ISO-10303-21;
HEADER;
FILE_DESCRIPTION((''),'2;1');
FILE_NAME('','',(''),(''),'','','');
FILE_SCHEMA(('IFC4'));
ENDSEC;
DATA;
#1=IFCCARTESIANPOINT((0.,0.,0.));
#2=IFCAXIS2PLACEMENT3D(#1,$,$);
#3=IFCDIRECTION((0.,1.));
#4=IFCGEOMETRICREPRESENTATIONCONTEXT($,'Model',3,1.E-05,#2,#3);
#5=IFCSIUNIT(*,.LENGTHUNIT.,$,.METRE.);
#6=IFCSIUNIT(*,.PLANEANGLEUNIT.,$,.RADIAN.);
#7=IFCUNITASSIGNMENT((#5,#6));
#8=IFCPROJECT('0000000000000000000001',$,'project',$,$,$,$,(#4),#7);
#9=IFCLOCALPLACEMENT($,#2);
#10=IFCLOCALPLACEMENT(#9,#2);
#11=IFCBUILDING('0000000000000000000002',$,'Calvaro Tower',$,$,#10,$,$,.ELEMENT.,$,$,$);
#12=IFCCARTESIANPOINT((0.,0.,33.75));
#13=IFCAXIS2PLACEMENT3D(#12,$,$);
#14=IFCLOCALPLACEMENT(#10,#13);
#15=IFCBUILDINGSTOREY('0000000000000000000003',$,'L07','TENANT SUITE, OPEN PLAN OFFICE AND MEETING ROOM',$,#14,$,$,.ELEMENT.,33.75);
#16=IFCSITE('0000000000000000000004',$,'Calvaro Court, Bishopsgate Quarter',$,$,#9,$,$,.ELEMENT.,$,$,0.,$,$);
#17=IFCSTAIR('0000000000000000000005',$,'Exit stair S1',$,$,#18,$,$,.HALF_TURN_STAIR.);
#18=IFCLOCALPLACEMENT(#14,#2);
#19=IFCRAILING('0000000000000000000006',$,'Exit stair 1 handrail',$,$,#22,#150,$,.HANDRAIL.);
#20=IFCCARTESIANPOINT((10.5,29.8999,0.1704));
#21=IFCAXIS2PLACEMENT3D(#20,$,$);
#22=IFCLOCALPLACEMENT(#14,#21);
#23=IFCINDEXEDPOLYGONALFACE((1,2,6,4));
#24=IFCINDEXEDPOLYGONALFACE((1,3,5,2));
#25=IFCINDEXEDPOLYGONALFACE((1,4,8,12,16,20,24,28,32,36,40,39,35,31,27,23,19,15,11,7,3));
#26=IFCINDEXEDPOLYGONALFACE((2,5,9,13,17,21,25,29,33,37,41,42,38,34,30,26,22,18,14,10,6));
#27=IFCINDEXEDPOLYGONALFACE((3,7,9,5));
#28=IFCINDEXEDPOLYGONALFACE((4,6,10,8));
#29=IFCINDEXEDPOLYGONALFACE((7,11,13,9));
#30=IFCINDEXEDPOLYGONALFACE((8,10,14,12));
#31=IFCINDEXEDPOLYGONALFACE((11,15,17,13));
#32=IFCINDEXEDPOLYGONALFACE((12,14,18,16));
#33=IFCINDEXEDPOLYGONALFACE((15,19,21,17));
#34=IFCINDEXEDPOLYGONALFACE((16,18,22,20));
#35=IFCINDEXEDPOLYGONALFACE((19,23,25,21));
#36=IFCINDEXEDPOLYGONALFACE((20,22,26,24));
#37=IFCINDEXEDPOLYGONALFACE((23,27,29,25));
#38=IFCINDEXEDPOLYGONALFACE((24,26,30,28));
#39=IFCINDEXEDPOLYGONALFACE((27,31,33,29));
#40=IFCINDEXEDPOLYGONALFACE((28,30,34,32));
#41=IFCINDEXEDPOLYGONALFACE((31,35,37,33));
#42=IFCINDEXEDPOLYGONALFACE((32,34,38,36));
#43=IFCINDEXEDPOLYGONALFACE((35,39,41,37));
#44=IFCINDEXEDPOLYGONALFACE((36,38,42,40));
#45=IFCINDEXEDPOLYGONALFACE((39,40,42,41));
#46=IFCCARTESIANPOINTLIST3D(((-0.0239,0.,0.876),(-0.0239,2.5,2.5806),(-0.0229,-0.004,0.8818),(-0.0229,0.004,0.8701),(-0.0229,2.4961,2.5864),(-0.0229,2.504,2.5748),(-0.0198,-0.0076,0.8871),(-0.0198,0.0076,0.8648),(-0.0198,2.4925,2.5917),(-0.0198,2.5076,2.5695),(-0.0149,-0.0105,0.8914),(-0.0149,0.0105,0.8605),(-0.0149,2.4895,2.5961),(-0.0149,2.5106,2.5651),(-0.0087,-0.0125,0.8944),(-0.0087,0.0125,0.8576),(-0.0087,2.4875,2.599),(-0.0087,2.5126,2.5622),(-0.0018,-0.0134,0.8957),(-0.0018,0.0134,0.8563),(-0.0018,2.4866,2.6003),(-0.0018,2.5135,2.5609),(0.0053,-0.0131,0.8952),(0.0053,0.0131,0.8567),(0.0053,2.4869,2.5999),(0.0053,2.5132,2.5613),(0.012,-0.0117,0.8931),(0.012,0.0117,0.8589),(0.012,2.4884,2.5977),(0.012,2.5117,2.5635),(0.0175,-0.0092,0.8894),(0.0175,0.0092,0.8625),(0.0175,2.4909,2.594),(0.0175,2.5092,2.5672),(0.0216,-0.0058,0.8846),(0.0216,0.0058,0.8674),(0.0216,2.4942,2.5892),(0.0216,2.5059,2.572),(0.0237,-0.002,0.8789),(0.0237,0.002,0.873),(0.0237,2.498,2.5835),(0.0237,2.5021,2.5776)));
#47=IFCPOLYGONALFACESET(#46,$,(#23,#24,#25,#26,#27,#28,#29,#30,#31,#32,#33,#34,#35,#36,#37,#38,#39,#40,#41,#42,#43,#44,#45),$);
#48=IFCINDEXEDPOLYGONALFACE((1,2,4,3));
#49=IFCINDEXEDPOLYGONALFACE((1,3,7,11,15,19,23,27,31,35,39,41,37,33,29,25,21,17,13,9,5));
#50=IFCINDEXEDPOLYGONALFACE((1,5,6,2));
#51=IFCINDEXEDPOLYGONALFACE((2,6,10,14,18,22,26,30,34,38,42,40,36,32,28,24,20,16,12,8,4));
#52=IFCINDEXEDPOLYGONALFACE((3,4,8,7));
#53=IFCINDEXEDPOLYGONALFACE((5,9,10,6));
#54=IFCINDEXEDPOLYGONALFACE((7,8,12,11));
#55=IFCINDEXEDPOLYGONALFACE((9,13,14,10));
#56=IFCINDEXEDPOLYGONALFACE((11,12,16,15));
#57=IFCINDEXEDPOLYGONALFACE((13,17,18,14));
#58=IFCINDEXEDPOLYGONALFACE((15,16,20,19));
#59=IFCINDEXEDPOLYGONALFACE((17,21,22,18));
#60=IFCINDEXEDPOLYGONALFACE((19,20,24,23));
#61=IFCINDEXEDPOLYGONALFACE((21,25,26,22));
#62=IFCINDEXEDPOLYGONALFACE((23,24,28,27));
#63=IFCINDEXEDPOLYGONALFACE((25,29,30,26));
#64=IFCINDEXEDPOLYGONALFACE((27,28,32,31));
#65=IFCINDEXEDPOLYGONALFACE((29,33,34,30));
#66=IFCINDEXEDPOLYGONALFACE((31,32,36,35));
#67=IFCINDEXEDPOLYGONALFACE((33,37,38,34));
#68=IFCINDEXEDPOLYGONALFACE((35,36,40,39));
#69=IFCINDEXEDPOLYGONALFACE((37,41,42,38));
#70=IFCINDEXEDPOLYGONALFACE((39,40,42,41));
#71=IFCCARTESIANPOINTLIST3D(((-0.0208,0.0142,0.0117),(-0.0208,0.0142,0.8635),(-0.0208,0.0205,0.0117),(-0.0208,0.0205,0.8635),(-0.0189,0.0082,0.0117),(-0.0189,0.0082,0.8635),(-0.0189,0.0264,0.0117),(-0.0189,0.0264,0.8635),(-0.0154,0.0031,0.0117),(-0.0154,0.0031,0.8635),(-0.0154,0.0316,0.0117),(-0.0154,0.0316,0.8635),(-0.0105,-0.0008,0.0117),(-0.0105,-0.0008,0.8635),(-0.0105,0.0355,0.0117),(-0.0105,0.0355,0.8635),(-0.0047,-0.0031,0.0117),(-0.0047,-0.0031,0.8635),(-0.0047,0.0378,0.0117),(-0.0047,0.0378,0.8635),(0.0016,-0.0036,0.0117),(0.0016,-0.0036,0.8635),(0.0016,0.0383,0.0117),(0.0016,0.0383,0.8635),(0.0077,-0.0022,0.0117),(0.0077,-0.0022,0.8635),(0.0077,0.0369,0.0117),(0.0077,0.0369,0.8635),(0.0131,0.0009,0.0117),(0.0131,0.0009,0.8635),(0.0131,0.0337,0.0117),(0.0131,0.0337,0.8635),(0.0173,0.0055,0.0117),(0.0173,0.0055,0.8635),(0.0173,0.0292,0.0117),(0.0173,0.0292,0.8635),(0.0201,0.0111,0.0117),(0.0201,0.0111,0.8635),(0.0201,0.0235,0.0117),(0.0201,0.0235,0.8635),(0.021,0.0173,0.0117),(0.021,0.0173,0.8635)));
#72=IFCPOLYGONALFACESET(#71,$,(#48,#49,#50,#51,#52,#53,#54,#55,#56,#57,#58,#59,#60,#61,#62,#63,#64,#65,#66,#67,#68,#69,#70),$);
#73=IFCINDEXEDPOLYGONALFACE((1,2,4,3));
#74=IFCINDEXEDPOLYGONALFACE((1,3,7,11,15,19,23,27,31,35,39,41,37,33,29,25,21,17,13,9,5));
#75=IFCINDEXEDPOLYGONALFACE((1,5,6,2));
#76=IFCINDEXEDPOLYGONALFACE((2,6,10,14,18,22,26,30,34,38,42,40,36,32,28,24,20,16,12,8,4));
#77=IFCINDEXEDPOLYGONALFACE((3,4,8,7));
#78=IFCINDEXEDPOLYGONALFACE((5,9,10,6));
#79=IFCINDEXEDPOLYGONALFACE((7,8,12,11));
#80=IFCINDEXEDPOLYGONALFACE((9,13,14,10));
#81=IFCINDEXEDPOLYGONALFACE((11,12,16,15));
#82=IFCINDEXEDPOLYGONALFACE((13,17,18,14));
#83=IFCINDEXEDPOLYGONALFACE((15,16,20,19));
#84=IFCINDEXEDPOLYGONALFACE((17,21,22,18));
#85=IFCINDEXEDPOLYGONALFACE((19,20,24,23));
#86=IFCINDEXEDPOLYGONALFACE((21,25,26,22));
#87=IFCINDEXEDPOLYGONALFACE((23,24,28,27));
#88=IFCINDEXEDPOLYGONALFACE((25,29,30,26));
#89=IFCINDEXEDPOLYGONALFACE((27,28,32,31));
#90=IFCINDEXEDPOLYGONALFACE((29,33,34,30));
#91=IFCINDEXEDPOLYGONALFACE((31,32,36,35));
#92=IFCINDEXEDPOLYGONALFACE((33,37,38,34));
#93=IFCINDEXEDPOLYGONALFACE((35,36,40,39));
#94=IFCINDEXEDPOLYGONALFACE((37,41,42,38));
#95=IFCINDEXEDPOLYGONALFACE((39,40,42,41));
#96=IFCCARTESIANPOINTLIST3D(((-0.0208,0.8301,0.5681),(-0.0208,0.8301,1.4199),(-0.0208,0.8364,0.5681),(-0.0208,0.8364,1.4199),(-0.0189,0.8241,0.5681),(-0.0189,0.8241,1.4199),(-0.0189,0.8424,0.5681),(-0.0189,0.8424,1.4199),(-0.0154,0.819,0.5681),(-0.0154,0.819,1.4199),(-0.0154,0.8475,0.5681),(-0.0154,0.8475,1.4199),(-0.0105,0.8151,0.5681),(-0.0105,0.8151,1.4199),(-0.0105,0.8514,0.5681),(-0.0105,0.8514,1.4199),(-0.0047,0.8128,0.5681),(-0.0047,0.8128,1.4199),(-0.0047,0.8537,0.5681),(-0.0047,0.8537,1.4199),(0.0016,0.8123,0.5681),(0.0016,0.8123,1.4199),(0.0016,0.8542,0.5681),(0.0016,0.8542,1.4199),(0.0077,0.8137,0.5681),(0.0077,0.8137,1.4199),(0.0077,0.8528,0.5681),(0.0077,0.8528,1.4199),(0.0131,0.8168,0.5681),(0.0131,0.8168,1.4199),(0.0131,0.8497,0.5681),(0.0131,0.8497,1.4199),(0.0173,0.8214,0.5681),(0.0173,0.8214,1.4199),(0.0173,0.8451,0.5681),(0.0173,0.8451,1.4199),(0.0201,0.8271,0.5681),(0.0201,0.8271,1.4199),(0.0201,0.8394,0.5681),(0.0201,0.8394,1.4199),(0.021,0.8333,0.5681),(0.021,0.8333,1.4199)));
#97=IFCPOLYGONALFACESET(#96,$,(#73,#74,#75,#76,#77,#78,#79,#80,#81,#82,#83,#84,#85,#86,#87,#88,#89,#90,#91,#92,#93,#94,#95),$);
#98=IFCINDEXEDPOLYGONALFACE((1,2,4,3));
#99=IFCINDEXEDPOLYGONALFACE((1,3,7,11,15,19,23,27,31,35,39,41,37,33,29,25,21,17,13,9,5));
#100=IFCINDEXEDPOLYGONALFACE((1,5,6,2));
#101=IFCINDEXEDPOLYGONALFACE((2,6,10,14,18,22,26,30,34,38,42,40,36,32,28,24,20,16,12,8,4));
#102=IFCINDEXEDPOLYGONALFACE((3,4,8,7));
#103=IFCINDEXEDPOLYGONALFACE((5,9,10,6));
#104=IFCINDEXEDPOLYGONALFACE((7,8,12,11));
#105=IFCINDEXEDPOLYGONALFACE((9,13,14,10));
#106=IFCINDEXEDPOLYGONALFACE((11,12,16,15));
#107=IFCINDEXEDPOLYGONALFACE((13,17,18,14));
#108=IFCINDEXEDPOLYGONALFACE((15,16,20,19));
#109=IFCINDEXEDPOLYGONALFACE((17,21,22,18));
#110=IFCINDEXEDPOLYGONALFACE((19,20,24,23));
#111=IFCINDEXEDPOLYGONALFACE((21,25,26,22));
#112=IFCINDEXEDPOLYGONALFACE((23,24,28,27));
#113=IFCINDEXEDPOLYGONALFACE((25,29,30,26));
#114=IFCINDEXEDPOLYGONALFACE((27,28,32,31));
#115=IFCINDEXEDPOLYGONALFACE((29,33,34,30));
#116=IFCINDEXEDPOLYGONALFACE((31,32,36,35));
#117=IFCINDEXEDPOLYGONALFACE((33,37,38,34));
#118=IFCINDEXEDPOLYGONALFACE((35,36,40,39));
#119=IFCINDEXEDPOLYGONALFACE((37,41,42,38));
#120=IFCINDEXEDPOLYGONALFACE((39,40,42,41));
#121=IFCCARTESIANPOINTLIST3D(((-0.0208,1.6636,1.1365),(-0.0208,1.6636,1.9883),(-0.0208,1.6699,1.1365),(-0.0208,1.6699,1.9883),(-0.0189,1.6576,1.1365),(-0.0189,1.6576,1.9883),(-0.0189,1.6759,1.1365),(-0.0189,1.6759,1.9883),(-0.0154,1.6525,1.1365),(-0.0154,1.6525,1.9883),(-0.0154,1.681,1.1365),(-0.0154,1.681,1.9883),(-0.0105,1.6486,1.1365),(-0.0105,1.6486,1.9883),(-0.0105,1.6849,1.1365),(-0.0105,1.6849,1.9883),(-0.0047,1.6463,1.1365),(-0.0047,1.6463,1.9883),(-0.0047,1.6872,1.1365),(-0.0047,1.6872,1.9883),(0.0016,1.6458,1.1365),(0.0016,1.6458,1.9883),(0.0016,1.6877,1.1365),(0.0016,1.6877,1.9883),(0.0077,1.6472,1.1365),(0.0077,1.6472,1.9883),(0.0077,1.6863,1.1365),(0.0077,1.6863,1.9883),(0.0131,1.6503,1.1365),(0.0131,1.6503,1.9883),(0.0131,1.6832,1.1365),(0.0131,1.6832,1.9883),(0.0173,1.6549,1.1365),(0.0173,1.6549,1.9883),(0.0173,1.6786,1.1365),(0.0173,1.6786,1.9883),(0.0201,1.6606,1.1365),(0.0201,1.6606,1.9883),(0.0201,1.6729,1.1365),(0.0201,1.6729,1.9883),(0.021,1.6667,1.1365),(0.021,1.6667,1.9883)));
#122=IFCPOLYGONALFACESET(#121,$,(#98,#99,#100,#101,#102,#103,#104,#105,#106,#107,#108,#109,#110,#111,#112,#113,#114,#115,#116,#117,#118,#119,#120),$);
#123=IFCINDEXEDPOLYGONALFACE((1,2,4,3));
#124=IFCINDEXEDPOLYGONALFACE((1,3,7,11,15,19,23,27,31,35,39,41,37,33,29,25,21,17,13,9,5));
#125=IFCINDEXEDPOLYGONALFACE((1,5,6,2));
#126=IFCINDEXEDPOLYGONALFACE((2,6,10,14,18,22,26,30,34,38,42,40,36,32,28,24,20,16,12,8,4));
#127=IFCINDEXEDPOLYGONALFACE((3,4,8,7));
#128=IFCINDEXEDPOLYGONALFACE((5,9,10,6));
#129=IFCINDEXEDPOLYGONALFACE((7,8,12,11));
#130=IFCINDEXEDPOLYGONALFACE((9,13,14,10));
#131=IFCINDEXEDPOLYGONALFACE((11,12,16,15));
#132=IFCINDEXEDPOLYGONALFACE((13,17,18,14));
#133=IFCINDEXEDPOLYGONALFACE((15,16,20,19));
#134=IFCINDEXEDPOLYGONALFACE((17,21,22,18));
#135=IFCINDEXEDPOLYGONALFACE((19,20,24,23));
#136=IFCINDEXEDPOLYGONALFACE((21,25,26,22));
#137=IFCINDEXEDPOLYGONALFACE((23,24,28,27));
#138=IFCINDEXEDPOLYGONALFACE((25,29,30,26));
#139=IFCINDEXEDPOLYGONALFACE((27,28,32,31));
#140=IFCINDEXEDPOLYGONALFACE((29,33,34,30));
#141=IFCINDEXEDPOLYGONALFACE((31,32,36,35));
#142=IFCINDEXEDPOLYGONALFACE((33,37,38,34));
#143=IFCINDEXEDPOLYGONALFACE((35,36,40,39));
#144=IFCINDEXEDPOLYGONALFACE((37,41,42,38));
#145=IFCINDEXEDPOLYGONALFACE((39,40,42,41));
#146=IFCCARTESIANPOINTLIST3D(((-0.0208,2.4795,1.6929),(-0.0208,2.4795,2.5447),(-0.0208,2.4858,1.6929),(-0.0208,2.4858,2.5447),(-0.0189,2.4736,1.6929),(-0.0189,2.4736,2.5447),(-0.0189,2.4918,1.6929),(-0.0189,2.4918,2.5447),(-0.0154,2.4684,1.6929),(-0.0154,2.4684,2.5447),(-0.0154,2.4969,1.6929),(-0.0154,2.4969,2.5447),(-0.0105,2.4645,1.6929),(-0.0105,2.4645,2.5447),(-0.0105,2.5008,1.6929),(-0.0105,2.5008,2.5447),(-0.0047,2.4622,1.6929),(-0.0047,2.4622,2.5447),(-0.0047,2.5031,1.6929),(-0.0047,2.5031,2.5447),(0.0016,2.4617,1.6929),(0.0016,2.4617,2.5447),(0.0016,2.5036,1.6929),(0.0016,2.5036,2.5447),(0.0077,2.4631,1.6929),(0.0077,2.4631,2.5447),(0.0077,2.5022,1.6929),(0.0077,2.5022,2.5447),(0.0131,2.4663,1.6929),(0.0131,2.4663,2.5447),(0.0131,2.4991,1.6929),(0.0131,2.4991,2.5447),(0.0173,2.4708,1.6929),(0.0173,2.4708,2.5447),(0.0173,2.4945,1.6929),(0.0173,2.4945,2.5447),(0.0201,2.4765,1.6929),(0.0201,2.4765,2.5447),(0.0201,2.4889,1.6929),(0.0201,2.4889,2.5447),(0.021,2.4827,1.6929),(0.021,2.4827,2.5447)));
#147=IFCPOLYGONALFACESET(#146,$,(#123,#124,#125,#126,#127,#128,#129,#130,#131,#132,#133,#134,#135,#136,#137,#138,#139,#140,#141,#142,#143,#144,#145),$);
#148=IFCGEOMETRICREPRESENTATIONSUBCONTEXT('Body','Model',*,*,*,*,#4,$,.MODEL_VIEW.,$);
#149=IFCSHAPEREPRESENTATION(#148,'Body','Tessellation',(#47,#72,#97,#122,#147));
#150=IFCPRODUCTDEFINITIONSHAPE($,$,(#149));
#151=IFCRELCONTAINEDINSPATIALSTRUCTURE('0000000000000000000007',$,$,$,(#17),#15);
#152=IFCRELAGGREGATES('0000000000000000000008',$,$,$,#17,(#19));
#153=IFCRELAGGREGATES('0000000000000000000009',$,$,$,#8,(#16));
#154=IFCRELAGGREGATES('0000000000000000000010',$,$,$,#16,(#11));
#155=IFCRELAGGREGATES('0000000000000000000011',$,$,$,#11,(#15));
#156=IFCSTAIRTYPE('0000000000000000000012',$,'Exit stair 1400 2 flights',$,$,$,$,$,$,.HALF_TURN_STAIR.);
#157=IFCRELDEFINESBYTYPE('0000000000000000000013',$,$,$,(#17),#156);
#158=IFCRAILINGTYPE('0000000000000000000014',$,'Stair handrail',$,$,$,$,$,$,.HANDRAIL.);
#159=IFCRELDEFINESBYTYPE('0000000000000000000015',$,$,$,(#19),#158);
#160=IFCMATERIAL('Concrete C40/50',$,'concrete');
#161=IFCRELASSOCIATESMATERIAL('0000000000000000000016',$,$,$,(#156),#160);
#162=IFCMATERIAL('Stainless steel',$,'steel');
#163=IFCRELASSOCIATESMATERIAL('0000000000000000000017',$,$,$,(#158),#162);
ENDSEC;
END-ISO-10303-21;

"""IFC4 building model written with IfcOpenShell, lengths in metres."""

from ifc_helpers import new_model, si_unit, direction, frame, origin, origin_2d, place, context, subcontext, project, spatial, circle, extrude, material, type_object, element, aggregate, save


model = new_model("IFC4")

# Units and contexts
model_context = context("Model", 3, precision=1e-05, world=origin(), true_north=direction((0.0, 1.0)))
body_context = subcontext(model_context, "Body", "Model", "MODEL_VIEW")
ifc_project = project(units=[si_unit("LENGTHUNIT", "METRE"), si_unit("PLANEANGLEUNIT", "RADIAN")], contexts=[model_context])

# Site, building, storey
site_placement = place(None, origin())
site = spatial("IfcSite", under=ifc_project, at=site_placement, Name="Calvaro Court, Bishopsgate Quarter", CompositionType="ELEMENT", RefElevation=0.0)
building_placement = place(site_placement, origin())
building = spatial("IfcBuilding", under=site, at=building_placement, Name="Calvaro Tower", CompositionType="ELEMENT")
storey_placement = place(building_placement, frame((0.0, 0.0, 33.75)))
storey = spatial("IfcBuildingStorey", under=building, at=storey_placement, Name="L07", Description="TENANT SUITE, OPEN PLAN OFFICE AND MEETING ROOM", CompositionType="ELEMENT", Elevation=33.75)

# Stair, railing
ifc_material_1 = material(Name="Concrete C40/50", Category="concrete")
stair_type = type_object("IfcStairType", Name="Exit stair 1400 2 flights", PredefinedType="HALF_TURN_STAIR", material=ifc_material_1)
stair_placement = place(storey_placement, origin())
stair = element("IfcStair", 1, at=stair_placement, inside=storey, type_object=stair_type, Name="Exit stair S1", PredefinedType="HALF_TURN_STAIR")
ifc_material_2 = material(Name="Stainless steel", Category="steel")
railing_type = type_object("IfcRailingType", Name="Stair handrail", PredefinedType="HANDRAIL", material=ifc_material_2)
railing_1_placement = place(storey_placement, frame((10.5, 29.8999, 0.1704)))
railing_1 = element("IfcRailing", 2, at=railing_1_placement, type_object=railing_type, Name="Exit stair 1 handrail", PredefinedType="HANDRAIL", context=body_context, shape_type="SweptSolid", body=[
    extrude(circle(Radius=0.0239, at=origin_2d()), frame((0.0, 0.0, 0.876), z_axis=(0.0, 0.826221, 0.563347), x_axis=(-1.0, 0.0, 0.0)), (0.0, 0.0, 1.0), 3.0259),
    extrude(circle(Radius=0.021, at=origin_2d()), frame((0.0, 0.0173, 0.0117)), (0.0, 0.0, 1.0), 0.8518),
    extrude(circle(Radius=0.021, at=origin_2d()), frame((0.0, 0.8333, 0.5681)), (0.0, 0.0, 1.0), 0.8518),
    extrude(circle(Radius=0.021, at=origin_2d()), frame((0.0, 1.6667, 1.1365)), (0.0, 0.0, 1.0), 0.8518),
    extrude(circle(Radius=0.021, at=origin_2d()), frame((0.0, 2.4827, 1.6929)), (0.0, 0.0, 1.0), 0.8518),
])
aggregate(stair, [railing_1])

save(model, "model.ifc")
